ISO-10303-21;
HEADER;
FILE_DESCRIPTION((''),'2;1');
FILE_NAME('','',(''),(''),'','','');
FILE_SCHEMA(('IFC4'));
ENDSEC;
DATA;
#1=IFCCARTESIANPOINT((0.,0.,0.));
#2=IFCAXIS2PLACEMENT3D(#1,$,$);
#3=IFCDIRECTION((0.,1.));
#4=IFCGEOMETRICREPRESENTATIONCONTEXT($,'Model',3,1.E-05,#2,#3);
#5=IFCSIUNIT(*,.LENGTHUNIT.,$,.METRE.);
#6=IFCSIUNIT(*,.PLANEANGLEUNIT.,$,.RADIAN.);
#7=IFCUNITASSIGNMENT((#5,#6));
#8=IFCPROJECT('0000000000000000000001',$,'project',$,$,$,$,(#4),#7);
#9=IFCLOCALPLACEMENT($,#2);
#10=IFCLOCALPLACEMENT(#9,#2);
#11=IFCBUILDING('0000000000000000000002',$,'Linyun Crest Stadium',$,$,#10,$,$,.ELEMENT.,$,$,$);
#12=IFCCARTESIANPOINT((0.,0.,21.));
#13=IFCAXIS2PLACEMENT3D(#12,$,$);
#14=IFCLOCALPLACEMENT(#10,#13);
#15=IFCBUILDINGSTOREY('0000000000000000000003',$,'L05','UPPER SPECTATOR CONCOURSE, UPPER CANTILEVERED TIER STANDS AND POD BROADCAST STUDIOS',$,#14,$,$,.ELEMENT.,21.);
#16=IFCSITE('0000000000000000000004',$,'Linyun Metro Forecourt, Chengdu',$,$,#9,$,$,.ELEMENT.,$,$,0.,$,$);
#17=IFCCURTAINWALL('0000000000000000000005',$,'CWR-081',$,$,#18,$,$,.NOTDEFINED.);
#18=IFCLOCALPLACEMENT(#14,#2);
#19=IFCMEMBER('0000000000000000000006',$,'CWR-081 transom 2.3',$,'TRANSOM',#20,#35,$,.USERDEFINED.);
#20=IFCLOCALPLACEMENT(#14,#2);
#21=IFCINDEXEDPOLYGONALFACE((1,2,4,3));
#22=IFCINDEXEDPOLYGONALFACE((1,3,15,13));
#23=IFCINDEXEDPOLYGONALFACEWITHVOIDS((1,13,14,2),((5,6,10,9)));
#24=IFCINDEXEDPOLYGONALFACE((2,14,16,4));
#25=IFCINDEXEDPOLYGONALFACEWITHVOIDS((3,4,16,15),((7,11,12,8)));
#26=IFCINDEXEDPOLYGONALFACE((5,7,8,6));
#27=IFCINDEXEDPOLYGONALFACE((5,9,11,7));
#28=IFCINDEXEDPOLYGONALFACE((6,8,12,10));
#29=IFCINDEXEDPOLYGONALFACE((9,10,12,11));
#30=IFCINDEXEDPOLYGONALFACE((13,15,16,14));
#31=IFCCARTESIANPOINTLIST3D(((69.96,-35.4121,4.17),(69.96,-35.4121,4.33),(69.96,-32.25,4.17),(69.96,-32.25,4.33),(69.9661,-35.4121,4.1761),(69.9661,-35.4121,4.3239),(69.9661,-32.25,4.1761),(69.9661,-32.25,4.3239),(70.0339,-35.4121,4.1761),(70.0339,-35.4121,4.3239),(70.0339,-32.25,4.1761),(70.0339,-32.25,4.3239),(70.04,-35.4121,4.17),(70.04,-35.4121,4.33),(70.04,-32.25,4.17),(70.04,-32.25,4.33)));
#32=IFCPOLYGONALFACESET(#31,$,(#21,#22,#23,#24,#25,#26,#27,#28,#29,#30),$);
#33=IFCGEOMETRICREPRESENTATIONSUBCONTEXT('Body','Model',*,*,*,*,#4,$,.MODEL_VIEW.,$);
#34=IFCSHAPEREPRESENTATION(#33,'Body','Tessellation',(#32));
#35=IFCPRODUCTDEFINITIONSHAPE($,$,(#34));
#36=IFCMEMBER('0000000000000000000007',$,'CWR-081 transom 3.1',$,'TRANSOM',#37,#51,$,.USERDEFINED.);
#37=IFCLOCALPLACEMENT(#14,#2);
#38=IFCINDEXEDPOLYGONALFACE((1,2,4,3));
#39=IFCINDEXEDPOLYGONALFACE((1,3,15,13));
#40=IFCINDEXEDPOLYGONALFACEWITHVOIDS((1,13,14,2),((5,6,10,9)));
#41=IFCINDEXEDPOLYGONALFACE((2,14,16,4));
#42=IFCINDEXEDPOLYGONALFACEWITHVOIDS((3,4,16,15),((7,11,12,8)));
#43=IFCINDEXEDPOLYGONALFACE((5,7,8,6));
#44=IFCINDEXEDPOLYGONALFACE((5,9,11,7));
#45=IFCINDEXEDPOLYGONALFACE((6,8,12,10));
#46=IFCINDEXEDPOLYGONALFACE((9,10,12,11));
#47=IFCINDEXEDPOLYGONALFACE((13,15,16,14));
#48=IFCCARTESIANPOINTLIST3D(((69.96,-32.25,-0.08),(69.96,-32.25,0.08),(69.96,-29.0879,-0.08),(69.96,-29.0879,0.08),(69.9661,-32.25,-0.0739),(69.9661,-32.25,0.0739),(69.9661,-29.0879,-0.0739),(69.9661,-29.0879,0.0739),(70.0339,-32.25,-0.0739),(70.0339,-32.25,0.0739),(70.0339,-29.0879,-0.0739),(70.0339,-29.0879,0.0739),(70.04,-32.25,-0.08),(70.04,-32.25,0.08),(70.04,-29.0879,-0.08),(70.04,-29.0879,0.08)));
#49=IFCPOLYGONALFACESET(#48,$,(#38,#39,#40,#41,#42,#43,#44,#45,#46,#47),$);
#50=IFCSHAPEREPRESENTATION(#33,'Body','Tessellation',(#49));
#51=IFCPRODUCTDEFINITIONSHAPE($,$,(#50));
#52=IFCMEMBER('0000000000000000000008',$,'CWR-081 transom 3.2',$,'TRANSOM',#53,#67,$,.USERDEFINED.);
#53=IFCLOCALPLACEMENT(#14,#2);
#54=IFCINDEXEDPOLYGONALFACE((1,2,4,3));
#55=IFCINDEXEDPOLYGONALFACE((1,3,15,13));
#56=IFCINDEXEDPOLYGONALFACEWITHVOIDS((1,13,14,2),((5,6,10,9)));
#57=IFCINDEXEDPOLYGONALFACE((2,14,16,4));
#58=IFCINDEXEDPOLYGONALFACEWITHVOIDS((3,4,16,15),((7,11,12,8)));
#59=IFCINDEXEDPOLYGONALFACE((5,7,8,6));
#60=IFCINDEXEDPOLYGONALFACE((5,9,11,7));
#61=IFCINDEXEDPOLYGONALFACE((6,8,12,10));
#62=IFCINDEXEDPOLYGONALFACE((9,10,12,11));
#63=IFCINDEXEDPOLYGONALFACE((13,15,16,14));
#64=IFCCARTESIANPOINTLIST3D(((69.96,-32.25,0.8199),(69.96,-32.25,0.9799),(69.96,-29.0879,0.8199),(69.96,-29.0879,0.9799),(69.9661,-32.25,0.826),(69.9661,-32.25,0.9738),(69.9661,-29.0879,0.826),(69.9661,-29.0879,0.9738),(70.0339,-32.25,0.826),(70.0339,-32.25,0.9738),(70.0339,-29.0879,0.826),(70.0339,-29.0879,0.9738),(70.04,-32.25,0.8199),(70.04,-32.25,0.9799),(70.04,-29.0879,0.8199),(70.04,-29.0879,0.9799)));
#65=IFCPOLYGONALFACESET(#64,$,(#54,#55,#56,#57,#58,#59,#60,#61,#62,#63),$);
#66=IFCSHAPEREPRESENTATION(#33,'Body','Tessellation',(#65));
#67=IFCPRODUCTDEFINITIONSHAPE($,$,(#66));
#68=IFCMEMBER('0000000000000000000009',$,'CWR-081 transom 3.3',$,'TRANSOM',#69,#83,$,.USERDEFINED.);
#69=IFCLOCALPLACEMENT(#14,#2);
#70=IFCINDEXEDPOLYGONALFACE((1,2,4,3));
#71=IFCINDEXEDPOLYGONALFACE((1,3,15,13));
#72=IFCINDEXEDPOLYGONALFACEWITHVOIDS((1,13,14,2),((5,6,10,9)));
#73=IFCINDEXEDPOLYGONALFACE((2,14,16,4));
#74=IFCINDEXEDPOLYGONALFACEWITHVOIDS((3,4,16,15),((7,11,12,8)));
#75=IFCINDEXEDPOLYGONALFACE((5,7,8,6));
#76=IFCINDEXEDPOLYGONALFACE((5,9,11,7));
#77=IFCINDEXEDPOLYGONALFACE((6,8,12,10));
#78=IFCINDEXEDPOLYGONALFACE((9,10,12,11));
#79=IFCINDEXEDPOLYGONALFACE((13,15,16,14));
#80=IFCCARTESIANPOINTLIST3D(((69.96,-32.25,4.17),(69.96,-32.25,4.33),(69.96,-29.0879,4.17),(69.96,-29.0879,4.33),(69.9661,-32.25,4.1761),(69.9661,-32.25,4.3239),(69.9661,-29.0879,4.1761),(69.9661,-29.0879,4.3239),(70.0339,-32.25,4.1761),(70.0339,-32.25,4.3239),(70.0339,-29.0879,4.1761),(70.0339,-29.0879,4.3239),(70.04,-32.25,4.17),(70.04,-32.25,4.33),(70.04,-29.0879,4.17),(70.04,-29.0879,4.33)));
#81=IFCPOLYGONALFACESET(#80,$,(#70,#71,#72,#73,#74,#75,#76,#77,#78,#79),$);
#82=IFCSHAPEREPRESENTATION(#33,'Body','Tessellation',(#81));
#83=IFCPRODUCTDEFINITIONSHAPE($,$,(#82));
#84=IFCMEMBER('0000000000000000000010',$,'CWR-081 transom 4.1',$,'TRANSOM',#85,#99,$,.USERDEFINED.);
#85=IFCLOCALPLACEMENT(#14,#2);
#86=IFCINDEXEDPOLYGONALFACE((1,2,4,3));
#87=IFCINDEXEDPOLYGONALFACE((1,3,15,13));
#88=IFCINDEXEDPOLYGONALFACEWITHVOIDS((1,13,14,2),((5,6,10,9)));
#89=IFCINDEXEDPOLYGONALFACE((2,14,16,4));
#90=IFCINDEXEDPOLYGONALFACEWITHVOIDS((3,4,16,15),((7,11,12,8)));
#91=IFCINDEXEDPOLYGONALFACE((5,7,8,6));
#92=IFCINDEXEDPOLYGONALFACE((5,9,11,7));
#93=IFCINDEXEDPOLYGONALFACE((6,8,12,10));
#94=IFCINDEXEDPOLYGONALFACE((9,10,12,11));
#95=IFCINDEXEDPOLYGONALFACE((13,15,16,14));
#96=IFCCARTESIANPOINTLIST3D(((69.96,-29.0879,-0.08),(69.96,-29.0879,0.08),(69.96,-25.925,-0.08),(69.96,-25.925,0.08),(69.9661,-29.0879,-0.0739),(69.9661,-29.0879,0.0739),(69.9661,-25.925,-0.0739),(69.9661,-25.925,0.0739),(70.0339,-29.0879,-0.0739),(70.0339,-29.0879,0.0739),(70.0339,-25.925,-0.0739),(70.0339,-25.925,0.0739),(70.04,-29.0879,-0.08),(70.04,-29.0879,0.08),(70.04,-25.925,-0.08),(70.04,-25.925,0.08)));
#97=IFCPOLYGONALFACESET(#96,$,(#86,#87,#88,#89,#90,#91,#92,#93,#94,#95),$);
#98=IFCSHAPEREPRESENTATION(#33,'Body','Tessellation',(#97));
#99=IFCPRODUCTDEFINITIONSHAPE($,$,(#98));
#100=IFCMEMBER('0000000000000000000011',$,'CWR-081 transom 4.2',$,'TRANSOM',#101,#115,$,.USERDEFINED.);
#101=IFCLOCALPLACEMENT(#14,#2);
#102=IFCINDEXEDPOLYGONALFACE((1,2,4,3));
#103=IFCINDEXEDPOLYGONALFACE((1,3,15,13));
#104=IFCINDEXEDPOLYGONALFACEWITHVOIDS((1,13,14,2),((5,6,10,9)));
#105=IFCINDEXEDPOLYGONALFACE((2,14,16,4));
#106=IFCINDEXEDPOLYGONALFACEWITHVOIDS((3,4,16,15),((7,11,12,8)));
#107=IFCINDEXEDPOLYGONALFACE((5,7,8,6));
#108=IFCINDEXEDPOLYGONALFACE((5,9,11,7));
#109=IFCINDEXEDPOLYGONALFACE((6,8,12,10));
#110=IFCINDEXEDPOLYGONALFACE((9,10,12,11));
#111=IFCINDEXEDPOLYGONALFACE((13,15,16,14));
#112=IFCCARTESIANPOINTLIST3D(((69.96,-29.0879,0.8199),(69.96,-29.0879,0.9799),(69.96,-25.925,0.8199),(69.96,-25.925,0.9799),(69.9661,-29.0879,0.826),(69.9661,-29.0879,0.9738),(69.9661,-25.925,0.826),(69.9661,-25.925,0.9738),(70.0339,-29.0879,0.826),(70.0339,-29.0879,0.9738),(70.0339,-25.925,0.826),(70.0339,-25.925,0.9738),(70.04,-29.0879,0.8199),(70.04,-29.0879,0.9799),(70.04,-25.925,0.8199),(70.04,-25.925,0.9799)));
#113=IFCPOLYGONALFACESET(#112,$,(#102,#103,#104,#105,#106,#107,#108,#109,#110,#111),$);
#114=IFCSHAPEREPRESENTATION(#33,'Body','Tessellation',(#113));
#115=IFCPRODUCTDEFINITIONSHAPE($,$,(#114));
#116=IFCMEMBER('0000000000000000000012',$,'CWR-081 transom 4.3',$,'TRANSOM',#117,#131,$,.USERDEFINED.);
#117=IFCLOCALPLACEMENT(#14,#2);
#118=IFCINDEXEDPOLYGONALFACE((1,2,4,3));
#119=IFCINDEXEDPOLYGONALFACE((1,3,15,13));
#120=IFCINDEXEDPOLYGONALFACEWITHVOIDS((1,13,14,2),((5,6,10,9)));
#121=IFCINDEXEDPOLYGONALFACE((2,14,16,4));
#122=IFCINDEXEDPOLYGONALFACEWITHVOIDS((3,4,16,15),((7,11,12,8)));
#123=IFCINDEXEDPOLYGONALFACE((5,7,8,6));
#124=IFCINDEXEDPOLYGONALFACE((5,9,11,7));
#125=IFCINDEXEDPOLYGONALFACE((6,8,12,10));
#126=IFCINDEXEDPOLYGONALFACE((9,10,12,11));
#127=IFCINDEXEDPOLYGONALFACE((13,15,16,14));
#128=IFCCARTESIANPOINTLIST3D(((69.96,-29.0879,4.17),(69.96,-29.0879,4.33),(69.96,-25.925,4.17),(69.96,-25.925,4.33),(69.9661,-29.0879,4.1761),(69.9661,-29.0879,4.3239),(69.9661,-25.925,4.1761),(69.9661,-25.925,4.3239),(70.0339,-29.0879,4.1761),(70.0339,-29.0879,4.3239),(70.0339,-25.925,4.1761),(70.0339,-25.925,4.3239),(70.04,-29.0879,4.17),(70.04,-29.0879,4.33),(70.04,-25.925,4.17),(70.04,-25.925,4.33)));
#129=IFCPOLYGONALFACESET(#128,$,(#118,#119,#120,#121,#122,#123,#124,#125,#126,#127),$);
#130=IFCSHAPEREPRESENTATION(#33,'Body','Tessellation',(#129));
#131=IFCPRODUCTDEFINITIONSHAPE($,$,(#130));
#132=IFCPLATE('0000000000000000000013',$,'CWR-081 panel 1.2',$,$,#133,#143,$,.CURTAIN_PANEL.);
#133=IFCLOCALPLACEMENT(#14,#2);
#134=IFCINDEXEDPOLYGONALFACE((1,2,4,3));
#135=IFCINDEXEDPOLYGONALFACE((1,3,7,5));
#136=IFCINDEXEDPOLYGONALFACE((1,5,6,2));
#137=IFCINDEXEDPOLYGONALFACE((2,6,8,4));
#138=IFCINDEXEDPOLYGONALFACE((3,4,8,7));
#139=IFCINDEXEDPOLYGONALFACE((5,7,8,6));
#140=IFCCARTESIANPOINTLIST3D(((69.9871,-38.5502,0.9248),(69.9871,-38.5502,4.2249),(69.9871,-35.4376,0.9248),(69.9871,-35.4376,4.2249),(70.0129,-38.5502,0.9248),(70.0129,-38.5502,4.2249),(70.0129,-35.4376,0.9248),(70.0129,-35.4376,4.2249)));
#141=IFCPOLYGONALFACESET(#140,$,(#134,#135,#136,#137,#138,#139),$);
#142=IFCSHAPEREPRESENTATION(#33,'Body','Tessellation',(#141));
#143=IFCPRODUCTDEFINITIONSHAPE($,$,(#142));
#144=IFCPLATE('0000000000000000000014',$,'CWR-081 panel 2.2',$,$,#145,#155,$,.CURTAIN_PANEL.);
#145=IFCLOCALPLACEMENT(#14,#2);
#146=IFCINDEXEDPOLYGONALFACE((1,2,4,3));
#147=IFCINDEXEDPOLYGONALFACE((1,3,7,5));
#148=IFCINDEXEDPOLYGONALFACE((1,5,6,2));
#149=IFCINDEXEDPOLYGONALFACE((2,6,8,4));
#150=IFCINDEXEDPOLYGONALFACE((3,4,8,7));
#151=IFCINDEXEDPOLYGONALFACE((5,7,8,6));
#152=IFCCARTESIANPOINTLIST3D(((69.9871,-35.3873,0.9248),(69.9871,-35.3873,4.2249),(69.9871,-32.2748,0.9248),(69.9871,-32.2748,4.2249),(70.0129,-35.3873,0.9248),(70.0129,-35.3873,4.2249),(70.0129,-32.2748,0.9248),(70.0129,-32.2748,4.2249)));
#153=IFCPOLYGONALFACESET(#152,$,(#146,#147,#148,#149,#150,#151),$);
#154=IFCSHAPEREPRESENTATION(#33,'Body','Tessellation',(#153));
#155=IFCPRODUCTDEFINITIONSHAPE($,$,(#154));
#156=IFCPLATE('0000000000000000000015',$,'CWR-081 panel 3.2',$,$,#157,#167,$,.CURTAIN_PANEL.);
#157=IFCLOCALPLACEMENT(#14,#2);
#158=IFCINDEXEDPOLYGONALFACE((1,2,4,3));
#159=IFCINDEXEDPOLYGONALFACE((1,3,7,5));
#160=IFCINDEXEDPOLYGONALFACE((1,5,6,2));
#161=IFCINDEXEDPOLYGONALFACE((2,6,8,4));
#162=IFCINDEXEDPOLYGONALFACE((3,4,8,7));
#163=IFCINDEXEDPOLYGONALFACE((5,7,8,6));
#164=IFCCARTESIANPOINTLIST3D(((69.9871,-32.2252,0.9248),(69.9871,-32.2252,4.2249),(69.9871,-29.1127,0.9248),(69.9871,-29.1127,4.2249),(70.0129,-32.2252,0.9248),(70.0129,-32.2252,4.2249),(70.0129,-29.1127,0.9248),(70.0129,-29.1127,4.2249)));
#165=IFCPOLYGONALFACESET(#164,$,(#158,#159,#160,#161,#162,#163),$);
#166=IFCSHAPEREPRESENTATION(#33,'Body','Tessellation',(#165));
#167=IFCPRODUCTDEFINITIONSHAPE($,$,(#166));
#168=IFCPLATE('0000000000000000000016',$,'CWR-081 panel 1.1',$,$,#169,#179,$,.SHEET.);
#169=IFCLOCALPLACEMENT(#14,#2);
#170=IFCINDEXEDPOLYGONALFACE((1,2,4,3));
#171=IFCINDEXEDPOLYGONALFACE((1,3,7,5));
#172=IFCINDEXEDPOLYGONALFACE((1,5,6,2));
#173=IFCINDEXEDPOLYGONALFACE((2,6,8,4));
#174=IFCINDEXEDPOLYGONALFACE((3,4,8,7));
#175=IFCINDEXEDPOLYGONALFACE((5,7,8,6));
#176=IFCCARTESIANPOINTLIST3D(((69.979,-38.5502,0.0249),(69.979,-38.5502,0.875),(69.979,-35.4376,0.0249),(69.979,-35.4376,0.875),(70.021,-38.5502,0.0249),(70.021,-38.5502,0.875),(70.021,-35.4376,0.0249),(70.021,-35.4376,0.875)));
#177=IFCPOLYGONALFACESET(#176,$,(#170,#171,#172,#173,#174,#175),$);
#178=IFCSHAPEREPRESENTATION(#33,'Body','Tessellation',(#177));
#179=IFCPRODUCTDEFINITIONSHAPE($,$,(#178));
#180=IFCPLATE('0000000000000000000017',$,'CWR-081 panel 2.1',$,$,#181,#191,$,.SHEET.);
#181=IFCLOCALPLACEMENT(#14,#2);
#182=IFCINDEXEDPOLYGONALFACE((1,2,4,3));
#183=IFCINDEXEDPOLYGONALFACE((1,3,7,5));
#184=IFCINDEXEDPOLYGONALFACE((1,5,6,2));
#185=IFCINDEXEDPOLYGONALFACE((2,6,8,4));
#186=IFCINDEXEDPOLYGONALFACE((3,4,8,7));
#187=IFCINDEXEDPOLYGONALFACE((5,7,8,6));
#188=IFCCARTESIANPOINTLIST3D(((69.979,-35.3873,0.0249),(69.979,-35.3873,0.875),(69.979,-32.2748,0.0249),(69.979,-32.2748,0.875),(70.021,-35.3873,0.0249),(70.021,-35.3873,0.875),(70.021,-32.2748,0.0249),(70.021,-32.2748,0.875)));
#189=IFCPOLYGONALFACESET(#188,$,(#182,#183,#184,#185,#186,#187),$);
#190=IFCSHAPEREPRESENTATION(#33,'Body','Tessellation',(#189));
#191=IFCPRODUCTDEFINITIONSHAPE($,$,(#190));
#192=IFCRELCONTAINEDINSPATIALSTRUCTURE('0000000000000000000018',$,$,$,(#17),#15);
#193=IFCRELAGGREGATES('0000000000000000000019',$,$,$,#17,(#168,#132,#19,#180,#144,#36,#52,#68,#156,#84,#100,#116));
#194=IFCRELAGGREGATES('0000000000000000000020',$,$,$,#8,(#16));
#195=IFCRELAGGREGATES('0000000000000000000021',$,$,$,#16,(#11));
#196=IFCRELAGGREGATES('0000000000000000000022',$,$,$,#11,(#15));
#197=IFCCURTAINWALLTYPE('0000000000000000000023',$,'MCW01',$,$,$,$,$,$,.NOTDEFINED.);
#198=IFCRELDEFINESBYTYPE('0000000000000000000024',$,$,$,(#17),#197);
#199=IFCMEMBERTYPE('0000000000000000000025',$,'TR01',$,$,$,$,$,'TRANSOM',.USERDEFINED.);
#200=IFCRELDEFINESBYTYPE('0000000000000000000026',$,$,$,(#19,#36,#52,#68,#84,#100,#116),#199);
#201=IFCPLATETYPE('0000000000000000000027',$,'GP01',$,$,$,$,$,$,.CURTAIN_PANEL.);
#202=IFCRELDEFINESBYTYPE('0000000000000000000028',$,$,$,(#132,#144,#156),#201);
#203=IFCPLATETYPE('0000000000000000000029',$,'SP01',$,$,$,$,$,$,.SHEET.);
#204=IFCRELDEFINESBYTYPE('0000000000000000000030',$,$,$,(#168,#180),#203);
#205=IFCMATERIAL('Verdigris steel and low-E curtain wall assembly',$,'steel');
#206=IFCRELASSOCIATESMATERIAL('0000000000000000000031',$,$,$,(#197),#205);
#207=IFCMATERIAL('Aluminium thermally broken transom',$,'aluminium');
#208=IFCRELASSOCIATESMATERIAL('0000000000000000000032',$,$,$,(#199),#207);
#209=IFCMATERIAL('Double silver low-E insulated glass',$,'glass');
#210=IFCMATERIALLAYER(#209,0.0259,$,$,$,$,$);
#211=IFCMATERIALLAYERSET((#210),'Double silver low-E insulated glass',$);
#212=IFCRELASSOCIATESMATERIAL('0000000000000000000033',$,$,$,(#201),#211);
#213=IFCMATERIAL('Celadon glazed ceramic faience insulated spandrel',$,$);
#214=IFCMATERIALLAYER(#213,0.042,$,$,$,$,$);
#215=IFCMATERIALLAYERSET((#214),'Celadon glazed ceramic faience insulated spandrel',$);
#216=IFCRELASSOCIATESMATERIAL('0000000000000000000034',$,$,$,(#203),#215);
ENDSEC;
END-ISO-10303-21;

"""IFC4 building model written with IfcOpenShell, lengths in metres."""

from ifc_helpers import new_model, si_unit, direction, frame, origin, origin_2d, place, context, subcontext, project, spatial, rectangle, hollow_rectangle, extrude, material, layer, layer_set, material_profile, profile_set, type_object, element, aggregate, save


model = new_model("IFC4")

# Units and contexts
model_context = context("Model", 3, precision=1e-05, world=origin(), true_north=direction((0.0, 1.0)))
body_context = subcontext(model_context, "Body", "Model", "MODEL_VIEW")
ifc_project = project(units=[si_unit("LENGTHUNIT", "METRE"), si_unit("PLANEANGLEUNIT", "RADIAN")], contexts=[model_context])

# Site, building, storey
site_placement = place(None, origin())
site = spatial("IfcSite", under=ifc_project, at=site_placement, Name="Linyun Metro Forecourt, Chengdu", CompositionType="ELEMENT", RefElevation=0.0)
building_placement = place(site_placement, origin())
building = spatial("IfcBuilding", under=site, at=building_placement, Name="Linyun Crest Stadium", CompositionType="ELEMENT")
storey_placement = place(building_placement, frame((0.0, 0.0, 21.0)))
storey = spatial("IfcBuildingStorey", under=building, at=storey_placement, Name="L05", Description="UPPER SPECTATOR CONCOURSE, UPPER CANTILEVERED TIER STANDS AND POD BROADCAST STUDIOS", CompositionType="ELEMENT", Elevation=21.0)

# Curtain wall, members, plates
ifc_material_1 = material(Name="Verdigris steel and low-E curtain wall assembly", Category="steel")
curtain_wall_type = type_object("IfcCurtainWallType", Name="MCW01", PredefinedType="NOTDEFINED", material=ifc_material_1)
curtain_wall_placement = place(storey_placement, origin())
curtain_wall = element("IfcCurtainWall", 1, at=curtain_wall_placement, inside=storey, type_object=curtain_wall_type, Name="CWR-081", PredefinedType="NOTDEFINED")
ifc_material_2 = material(Name="Aluminium thermally broken transom", Category="aluminium")
ifc_material_profile_1 = material_profile(ifc_material_2, hollow_rectangle(XDim=0.0801, YDim=0.1599, WallThickness=0.0061, at=origin_2d()), Name="RHS 160x80x6")
ifc_profile_set_1 = profile_set([ifc_material_profile_1], Name="Aluminium thermally broken transom")
member_type_1 = type_object("IfcMemberType", Name="TR01", ElementType="TRANSOM", PredefinedType="USERDEFINED", material=ifc_profile_set_1)
member_1_placement = place(storey_placement, frame((70.0, -35.4121, 4.25), z_axis=(0.0, 1.0, 0.0), x_axis=(-1.0, 0.0, 0.0)))
member_1 = element("IfcMember", 2, at=member_1_placement, type_object=member_type_1, Name="CWR-081 transom 2.3", ObjectType="TRANSOM", PredefinedType="USERDEFINED", context=body_context, shape_type="SweptSolid", body=[
    extrude(hollow_rectangle(XDim=0.0801, YDim=0.1599, WallThickness=0.0061, at=origin_2d()), origin(), (0.0, 0.0, 1.0), 3.1621),
])
member_2_placement = place(storey_placement, frame((70.0, -32.25, 0.0), z_axis=(0.0, 1.0, 0.0), x_axis=(-1.0, 0.0, 0.0)))
member_2 = element("IfcMember", 3, at=member_2_placement, type_object=member_type_1, Name="CWR-081 transom 3.1", ObjectType="TRANSOM", PredefinedType="USERDEFINED", context=body_context, shape_type="SweptSolid", body=[
    extrude(hollow_rectangle(XDim=0.0801, YDim=0.1599, WallThickness=0.0061, at=origin_2d()), origin(), (0.0, 0.0, 1.0), 3.1621),
])
member_3_placement = place(storey_placement, frame((70.0, -32.25, 0.8999), z_axis=(0.0, 1.0, 0.0), x_axis=(-1.0, 0.0, 0.0)))
member_3 = element("IfcMember", 4, at=member_3_placement, type_object=member_type_1, Name="CWR-081 transom 3.2", ObjectType="TRANSOM", PredefinedType="USERDEFINED", context=body_context, shape_type="SweptSolid", body=[
    extrude(hollow_rectangle(XDim=0.0801, YDim=0.1599, WallThickness=0.0061, at=origin_2d()), origin(), (0.0, 0.0, 1.0), 3.1621),
])
member_4_placement = place(storey_placement, frame((70.0, -32.25, 4.25), z_axis=(0.0, 1.0, 0.0), x_axis=(-1.0, 0.0, 0.0)))
member_4 = element("IfcMember", 5, at=member_4_placement, type_object=member_type_1, Name="CWR-081 transom 3.3", ObjectType="TRANSOM", PredefinedType="USERDEFINED", context=body_context, shape_type="SweptSolid", body=[
    extrude(hollow_rectangle(XDim=0.0801, YDim=0.1599, WallThickness=0.0061, at=origin_2d()), origin(), (0.0, 0.0, 1.0), 3.1621),
])
member_5_placement = place(storey_placement, frame((70.0, -29.0879, 0.0), z_axis=(0.0, 1.0, 0.0), x_axis=(-1.0, 0.0, 0.0)))
member_5 = element("IfcMember", 6, at=member_5_placement, type_object=member_type_1, Name="CWR-081 transom 4.1", ObjectType="TRANSOM", PredefinedType="USERDEFINED", context=body_context, shape_type="SweptSolid", body=[
    extrude(hollow_rectangle(XDim=0.0801, YDim=0.1599, WallThickness=0.0061, at=origin_2d()), origin(), (0.0, 0.0, 1.0), 3.1628),
])
member_6_placement = place(storey_placement, frame((70.0, -29.0879, 0.8999), z_axis=(0.0, 1.0, 0.0), x_axis=(-1.0, 0.0, 0.0)))
member_6 = element("IfcMember", 7, at=member_6_placement, type_object=member_type_1, Name="CWR-081 transom 4.2", ObjectType="TRANSOM", PredefinedType="USERDEFINED", context=body_context, shape_type="SweptSolid", body=[
    extrude(hollow_rectangle(XDim=0.0801, YDim=0.1599, WallThickness=0.0061, at=origin_2d()), origin(), (0.0, 0.0, 1.0), 3.1628),
])
member_7_placement = place(storey_placement, frame((70.0, -29.0879, 4.25), z_axis=(0.0, 1.0, 0.0), x_axis=(-1.0, 0.0, 0.0)))
member_7 = element("IfcMember", 8, at=member_7_placement, type_object=member_type_1, Name="CWR-081 transom 4.3", ObjectType="TRANSOM", PredefinedType="USERDEFINED", context=body_context, shape_type="SweptSolid", body=[
    extrude(hollow_rectangle(XDim=0.0801, YDim=0.1599, WallThickness=0.0061, at=origin_2d()), origin(), (0.0, 0.0, 1.0), 3.1628),
])
ifc_material_3 = material(Name="Double silver low-E insulated glass", Category="glass")
ifc_layer_1 = layer(ifc_material_3, 0.0259)
ifc_layer_set_1 = layer_set([ifc_layer_1], Name="Double silver low-E insulated glass")
plate_type_1 = type_object("IfcPlateType", Name="GP01", PredefinedType="CURTAIN_PANEL", material=ifc_layer_set_1)
plate_1_placement = place(storey_placement, frame((70.0, -36.9939, 0.9248), z_axis=(0.0, 0.0, 1.0), x_axis=(0.0, 1.0, 0.0)))
plate_1 = element("IfcPlate", 9, at=plate_1_placement, type_object=plate_type_1, Name="CWR-081 panel 1.2", PredefinedType="CURTAIN_PANEL", context=body_context, shape_type="SweptSolid", body=[
    extrude(rectangle(XDim=3.1125, YDim=0.0259, at=origin_2d()), origin(), (0.0, 0.0, 1.0), 3.3),
])
plate_2_placement = place(storey_placement, frame((70.0, -33.8311, 0.9248), z_axis=(0.0, 0.0, 1.0), x_axis=(0.0, 1.0, 0.0)))
plate_2 = element("IfcPlate", 10, at=plate_2_placement, type_object=plate_type_1, Name="CWR-081 panel 2.2", PredefinedType="CURTAIN_PANEL", context=body_context, shape_type="SweptSolid", body=[
    extrude(rectangle(XDim=3.1125, YDim=0.0259, at=origin_2d()), origin(), (0.0, 0.0, 1.0), 3.3),
])
plate_3_placement = place(storey_placement, frame((70.0, -30.6689, 0.9248), z_axis=(0.0, 0.0, 1.0), x_axis=(0.0, 1.0, 0.0)))
plate_3 = element("IfcPlate", 11, at=plate_3_placement, type_object=plate_type_1, Name="CWR-081 panel 3.2", PredefinedType="CURTAIN_PANEL", context=body_context, shape_type="SweptSolid", body=[
    extrude(rectangle(XDim=3.1125, YDim=0.0259, at=origin_2d()), origin(), (0.0, 0.0, 1.0), 3.3),
])
ifc_material_4 = material(Name="Celadon glazed ceramic faience insulated spandrel")
ifc_layer_2 = layer(ifc_material_4, 0.042)
ifc_layer_set_2 = layer_set([ifc_layer_2], Name="Celadon glazed ceramic faience insulated spandrel")
plate_type_2 = type_object("IfcPlateType", Name="SP01", PredefinedType="SHEET", material=ifc_layer_set_2)
plate_4_placement = place(storey_placement, frame((70.0, -36.9939, 0.0249), z_axis=(0.0, 0.0, 1.0), x_axis=(0.0, 1.0, 0.0)))
plate_4 = element("IfcPlate", 12, at=plate_4_placement, type_object=plate_type_2, Name="CWR-081 panel 1.1", PredefinedType="SHEET", context=body_context, shape_type="SweptSolid", body=[
    extrude(rectangle(XDim=3.1125, YDim=0.042, at=origin_2d()), origin(), (0.0, 0.0, 1.0), 0.8501),
])
plate_5_placement = place(storey_placement, frame((70.0, -33.8311, 0.0249), z_axis=(0.0, 0.0, 1.0), x_axis=(0.0, 1.0, 0.0)))
plate_5 = element("IfcPlate", 13, at=plate_5_placement, type_object=plate_type_2, Name="CWR-081 panel 2.1", PredefinedType="SHEET", context=body_context, shape_type="SweptSolid", body=[
    extrude(rectangle(XDim=3.1125, YDim=0.042, at=origin_2d()), origin(), (0.0, 0.0, 1.0), 0.8501),
])
aggregate(curtain_wall, [plate_4, plate_1, member_1, plate_5, plate_2, member_2, member_3, member_4, plate_3, member_5, member_6, member_7])

save(model, "model.ifc")
